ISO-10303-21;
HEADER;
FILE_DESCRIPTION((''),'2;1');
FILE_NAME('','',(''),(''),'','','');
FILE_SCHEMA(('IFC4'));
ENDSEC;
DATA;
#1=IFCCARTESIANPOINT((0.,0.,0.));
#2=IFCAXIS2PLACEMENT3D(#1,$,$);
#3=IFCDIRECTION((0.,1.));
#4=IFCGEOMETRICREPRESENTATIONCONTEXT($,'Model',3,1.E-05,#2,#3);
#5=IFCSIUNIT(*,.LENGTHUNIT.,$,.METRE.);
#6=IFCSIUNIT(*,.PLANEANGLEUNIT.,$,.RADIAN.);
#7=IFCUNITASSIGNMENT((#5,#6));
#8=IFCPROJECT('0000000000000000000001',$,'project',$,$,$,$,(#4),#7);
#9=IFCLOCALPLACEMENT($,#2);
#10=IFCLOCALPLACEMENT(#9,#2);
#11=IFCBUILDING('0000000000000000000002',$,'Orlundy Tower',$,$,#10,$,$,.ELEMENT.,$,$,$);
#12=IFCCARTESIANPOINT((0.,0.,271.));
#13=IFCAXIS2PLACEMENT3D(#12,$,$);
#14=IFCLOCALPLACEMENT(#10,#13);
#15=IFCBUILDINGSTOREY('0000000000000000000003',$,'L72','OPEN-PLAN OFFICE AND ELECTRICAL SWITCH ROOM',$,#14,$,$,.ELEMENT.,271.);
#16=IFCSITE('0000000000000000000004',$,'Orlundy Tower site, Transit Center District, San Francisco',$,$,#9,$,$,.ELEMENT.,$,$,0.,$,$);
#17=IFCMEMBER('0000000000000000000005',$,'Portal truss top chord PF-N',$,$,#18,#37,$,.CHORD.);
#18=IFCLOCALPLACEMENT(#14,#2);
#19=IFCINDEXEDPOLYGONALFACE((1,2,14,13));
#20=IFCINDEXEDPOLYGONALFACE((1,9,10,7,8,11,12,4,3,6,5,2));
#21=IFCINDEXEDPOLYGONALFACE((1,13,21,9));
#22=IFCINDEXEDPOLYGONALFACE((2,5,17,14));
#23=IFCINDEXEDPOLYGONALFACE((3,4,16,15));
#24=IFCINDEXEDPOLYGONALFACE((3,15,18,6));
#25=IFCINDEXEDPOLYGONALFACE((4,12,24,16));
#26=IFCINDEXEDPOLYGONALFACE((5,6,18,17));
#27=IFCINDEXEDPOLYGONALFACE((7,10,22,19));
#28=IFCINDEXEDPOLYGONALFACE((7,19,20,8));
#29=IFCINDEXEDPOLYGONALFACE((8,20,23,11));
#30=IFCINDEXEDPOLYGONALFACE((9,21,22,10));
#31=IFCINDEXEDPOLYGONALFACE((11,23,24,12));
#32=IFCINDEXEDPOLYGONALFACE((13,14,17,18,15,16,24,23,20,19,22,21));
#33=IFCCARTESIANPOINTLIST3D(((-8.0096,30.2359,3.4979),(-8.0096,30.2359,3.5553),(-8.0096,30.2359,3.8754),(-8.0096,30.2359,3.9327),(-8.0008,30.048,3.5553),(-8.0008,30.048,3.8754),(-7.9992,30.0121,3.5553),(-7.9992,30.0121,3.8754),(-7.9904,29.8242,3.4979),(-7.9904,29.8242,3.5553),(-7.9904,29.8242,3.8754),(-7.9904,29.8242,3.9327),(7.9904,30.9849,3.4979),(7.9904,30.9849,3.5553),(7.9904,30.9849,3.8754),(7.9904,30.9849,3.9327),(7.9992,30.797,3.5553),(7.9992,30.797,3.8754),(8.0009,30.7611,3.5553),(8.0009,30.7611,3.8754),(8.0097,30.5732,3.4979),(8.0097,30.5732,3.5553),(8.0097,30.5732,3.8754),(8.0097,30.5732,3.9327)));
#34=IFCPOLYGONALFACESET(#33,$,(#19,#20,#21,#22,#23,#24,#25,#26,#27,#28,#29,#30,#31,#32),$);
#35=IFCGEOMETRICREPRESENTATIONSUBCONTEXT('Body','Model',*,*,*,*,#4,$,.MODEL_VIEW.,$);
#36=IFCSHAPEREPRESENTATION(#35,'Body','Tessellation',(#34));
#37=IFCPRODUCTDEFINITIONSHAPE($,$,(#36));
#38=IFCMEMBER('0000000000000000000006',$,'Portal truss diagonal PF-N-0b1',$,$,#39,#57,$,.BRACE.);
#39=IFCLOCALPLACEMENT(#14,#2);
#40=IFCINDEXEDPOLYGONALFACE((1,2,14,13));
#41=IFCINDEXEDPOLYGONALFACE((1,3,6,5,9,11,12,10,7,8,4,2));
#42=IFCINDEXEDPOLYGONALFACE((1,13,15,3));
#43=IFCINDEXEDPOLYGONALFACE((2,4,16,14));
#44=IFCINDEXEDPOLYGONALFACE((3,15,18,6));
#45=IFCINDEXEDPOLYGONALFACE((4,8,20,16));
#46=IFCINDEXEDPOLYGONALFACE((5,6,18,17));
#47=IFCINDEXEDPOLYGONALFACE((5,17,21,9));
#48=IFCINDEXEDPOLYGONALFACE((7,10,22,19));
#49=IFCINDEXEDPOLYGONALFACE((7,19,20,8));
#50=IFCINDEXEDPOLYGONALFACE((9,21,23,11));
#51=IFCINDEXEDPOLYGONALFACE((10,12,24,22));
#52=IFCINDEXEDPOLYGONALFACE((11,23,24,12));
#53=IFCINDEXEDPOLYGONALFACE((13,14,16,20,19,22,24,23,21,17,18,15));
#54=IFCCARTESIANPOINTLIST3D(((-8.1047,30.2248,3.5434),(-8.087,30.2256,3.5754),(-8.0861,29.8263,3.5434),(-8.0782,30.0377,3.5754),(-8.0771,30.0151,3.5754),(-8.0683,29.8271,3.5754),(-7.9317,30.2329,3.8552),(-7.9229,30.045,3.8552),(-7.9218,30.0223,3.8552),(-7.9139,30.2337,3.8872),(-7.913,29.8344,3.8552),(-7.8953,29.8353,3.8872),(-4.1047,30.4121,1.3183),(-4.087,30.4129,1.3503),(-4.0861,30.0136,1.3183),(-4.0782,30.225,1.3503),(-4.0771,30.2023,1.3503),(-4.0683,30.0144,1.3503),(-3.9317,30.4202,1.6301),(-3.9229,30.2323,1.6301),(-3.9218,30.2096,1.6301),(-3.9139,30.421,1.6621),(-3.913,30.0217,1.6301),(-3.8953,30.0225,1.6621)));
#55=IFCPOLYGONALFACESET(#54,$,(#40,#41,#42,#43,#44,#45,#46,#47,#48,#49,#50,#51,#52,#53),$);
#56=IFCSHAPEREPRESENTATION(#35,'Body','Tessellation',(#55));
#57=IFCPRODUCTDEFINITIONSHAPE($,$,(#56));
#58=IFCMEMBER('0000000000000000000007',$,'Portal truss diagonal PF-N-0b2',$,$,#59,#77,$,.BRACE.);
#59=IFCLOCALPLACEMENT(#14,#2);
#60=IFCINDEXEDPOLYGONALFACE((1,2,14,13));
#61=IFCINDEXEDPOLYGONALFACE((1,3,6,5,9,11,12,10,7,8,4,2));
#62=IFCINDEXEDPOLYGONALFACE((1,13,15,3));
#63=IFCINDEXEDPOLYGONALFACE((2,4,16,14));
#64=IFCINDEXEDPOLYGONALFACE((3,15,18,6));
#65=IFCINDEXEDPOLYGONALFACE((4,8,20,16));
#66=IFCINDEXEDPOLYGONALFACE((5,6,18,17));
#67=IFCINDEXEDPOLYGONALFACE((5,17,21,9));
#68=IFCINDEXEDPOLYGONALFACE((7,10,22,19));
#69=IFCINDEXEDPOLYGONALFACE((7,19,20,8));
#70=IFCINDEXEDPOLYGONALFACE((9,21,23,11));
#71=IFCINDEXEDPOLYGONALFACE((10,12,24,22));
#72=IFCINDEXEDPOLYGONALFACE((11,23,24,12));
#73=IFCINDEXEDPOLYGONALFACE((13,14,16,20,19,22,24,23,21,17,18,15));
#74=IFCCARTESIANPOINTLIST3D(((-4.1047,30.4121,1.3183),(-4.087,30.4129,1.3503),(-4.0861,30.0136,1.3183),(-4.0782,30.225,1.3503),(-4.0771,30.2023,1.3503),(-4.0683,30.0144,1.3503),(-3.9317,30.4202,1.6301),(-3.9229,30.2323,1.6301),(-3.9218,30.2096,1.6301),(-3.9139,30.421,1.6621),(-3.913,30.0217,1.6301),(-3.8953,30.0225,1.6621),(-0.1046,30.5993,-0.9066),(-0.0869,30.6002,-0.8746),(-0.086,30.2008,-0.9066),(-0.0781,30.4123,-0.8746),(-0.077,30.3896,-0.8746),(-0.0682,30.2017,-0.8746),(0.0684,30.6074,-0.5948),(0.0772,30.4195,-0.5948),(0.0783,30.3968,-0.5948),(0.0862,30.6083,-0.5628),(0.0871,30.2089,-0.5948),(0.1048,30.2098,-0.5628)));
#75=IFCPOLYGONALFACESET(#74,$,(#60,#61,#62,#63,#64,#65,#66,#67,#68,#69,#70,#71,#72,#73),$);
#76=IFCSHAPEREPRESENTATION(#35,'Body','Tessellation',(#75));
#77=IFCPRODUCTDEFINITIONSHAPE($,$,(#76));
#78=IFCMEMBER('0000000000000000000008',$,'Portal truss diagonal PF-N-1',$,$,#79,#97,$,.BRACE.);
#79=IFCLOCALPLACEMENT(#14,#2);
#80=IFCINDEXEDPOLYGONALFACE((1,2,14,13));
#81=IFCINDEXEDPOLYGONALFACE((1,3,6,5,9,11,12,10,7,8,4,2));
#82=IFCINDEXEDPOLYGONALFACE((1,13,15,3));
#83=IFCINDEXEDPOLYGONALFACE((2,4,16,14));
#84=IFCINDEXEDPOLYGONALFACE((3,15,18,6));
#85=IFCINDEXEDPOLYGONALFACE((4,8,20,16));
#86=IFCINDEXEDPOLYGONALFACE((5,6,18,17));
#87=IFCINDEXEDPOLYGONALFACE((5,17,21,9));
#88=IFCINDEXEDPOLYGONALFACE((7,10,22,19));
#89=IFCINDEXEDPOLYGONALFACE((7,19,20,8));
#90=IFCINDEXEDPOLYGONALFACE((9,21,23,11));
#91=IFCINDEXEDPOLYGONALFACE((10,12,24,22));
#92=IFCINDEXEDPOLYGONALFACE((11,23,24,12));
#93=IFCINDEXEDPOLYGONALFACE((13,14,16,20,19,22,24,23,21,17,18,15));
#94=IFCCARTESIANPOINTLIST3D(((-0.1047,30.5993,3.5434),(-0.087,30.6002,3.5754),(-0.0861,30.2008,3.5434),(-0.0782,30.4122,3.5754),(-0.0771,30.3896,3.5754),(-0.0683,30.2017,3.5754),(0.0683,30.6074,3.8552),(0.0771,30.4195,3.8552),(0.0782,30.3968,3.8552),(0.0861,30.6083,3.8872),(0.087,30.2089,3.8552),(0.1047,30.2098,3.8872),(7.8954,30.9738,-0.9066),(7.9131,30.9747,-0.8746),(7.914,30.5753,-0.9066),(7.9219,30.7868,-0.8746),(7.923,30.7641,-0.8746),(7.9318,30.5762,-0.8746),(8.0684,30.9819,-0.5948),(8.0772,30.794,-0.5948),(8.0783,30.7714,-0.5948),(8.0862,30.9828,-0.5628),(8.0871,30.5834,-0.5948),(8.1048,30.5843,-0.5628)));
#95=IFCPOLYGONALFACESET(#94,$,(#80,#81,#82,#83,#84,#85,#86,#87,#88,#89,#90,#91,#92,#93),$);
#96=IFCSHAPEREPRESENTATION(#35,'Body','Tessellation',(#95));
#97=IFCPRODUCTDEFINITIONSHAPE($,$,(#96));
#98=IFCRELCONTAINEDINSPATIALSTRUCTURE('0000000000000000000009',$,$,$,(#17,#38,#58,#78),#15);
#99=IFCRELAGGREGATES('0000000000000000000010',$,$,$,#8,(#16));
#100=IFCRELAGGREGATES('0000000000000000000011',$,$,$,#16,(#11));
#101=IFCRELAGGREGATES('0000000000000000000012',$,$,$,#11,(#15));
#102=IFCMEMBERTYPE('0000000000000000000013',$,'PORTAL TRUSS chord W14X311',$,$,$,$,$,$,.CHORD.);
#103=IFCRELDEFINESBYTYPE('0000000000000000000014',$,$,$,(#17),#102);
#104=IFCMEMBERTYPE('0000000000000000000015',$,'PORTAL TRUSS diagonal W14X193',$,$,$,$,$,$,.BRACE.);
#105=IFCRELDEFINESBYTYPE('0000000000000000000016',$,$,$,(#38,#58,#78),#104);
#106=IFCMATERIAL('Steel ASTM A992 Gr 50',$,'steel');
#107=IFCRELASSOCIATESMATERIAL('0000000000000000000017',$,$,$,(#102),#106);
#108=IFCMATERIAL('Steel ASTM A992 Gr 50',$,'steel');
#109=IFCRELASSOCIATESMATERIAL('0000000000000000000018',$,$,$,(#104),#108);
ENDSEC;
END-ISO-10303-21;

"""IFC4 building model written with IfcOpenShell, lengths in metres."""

from ifc_helpers import new_model, si_unit, direction, frame, origin, origin_2d, place, context, subcontext, project, spatial, i_section, extrude, material, material_profile, profile_set, type_object, element, save


model = new_model("IFC4")

# Units and contexts
model_context = context("Model", 3, precision=1e-05, world=origin(), true_north=direction((0.0, 1.0)))
body_context = subcontext(model_context, "Body", "Model", "MODEL_VIEW")
ifc_project = project(units=[si_unit("LENGTHUNIT", "METRE"), si_unit("PLANEANGLEUNIT", "RADIAN")], contexts=[model_context])

# Site, building, storey
site_placement = place(None, origin())
site = spatial("IfcSite", under=ifc_project, at=site_placement, Name="Orlundy Tower site, Transit Center District, San Francisco", CompositionType="ELEMENT", RefElevation=0.0)
building_placement = place(site_placement, origin())
building = spatial("IfcBuilding", under=site, at=building_placement, Name="Orlundy Tower", CompositionType="ELEMENT")
storey_placement = place(building_placement, frame((0.0, 0.0, 271.0)))
storey = spatial("IfcBuildingStorey", under=building, at=storey_placement, Name="L72", Description="OPEN-PLAN OFFICE AND ELECTRICAL SWITCH ROOM", CompositionType="ELEMENT", Elevation=271.0)

# Members
ifc_material_1 = material(Name="Steel ASTM A992 Gr 50", Category="steel")
ifc_material_profile_1 = material_profile(ifc_material_1, i_section(OverallWidth=0.4121, OverallDepth=0.4348, WebThickness=0.0359, FlangeThickness=0.0574, at=origin_2d()), Name="W14X311")
ifc_profile_set_1 = profile_set([ifc_material_profile_1], Name="Steel ASTM A992 Gr 50")
member_type_1 = type_object("IfcMemberType", Name="PORTAL TRUSS chord W14X311", PredefinedType="CHORD", material=ifc_profile_set_1)
member_1_placement = place(storey_placement, frame((-8.0, 30.03, 3.7153), z_axis=(0.998906, 0.046763, 0.0), x_axis=(-0.046763, 0.998906, 0.0)))
element("IfcMember", 1, at=member_1_placement, inside=storey, type_object=member_type_1, Name="Portal truss top chord PF-N", PredefinedType="CHORD", context=body_context, shape_type="SweptSolid", body=[
    extrude(i_section(OverallWidth=0.4121, OverallDepth=0.4348, WebThickness=0.0359, FlangeThickness=0.0574, at=origin_2d()), origin(), (0.0, 0.0, 1.0), 16.0176),
])
ifc_material_2 = material(Name="Steel ASTM A992 Gr 50", Category="steel")
ifc_material_profile_2 = material_profile(ifc_material_2, i_section(OverallWidth=0.3989, OverallDepth=0.3933, WebThickness=0.0227, FlangeThickness=0.0366, at=origin_2d()), Name="W14X193")
ifc_profile_set_2 = profile_set([ifc_material_profile_2], Name="Steel ASTM A992 Gr 50")
member_type_2 = type_object("IfcMemberType", Name="PORTAL TRUSS diagonal W14X193", PredefinedType="BRACE", material=ifc_profile_set_2)
for number, where, z_axis, x_axis, name in (
    (2, (-8.0, 30.03, 3.7153), (0.87316, 0.040876, -0.485717), (-0.046763, 0.998906, 0.0), "Portal truss diagonal PF-N-0b1"),
    (3, (-4.0, 30.2173, 1.4902), (0.873183, 0.040877, -0.485676), (-0.046763, 0.998906, 0.0), "Portal truss diagonal PF-N-0b2"),
):
    element("IfcMember", number, at=place(storey_placement, frame(where, z_axis=z_axis, x_axis=x_axis)), inside=storey, type_object=member_type_2, Name=name, PredefinedType="BRACE", context=body_context, shape_type="SweptSolid", body=[
        extrude(i_section(OverallWidth=0.3989, OverallDepth=0.3933, WebThickness=0.0227, FlangeThickness=0.0366, at=origin_2d()), origin(), (0.0, 0.0, 1.0), 4.5811),
    ])
member_2_placement = place(storey_placement, frame((0.0, 30.4045, 3.7153), z_axis=(0.873171, 0.040877, -0.485696), x_axis=(-0.046763, 0.998906, 0.0)))
element("IfcMember", 4, at=member_2_placement, inside=storey, type_object=member_type_2, Name="Portal truss diagonal PF-N-1", PredefinedType="BRACE", context=body_context, shape_type="SweptSolid", body=[
    extrude(i_section(OverallWidth=0.3989, OverallDepth=0.3933, WebThickness=0.0227, FlangeThickness=0.0366, at=origin_2d()), origin(), (0.0, 0.0, 1.0), 9.1621),
])

save(model, "model.ifc")
